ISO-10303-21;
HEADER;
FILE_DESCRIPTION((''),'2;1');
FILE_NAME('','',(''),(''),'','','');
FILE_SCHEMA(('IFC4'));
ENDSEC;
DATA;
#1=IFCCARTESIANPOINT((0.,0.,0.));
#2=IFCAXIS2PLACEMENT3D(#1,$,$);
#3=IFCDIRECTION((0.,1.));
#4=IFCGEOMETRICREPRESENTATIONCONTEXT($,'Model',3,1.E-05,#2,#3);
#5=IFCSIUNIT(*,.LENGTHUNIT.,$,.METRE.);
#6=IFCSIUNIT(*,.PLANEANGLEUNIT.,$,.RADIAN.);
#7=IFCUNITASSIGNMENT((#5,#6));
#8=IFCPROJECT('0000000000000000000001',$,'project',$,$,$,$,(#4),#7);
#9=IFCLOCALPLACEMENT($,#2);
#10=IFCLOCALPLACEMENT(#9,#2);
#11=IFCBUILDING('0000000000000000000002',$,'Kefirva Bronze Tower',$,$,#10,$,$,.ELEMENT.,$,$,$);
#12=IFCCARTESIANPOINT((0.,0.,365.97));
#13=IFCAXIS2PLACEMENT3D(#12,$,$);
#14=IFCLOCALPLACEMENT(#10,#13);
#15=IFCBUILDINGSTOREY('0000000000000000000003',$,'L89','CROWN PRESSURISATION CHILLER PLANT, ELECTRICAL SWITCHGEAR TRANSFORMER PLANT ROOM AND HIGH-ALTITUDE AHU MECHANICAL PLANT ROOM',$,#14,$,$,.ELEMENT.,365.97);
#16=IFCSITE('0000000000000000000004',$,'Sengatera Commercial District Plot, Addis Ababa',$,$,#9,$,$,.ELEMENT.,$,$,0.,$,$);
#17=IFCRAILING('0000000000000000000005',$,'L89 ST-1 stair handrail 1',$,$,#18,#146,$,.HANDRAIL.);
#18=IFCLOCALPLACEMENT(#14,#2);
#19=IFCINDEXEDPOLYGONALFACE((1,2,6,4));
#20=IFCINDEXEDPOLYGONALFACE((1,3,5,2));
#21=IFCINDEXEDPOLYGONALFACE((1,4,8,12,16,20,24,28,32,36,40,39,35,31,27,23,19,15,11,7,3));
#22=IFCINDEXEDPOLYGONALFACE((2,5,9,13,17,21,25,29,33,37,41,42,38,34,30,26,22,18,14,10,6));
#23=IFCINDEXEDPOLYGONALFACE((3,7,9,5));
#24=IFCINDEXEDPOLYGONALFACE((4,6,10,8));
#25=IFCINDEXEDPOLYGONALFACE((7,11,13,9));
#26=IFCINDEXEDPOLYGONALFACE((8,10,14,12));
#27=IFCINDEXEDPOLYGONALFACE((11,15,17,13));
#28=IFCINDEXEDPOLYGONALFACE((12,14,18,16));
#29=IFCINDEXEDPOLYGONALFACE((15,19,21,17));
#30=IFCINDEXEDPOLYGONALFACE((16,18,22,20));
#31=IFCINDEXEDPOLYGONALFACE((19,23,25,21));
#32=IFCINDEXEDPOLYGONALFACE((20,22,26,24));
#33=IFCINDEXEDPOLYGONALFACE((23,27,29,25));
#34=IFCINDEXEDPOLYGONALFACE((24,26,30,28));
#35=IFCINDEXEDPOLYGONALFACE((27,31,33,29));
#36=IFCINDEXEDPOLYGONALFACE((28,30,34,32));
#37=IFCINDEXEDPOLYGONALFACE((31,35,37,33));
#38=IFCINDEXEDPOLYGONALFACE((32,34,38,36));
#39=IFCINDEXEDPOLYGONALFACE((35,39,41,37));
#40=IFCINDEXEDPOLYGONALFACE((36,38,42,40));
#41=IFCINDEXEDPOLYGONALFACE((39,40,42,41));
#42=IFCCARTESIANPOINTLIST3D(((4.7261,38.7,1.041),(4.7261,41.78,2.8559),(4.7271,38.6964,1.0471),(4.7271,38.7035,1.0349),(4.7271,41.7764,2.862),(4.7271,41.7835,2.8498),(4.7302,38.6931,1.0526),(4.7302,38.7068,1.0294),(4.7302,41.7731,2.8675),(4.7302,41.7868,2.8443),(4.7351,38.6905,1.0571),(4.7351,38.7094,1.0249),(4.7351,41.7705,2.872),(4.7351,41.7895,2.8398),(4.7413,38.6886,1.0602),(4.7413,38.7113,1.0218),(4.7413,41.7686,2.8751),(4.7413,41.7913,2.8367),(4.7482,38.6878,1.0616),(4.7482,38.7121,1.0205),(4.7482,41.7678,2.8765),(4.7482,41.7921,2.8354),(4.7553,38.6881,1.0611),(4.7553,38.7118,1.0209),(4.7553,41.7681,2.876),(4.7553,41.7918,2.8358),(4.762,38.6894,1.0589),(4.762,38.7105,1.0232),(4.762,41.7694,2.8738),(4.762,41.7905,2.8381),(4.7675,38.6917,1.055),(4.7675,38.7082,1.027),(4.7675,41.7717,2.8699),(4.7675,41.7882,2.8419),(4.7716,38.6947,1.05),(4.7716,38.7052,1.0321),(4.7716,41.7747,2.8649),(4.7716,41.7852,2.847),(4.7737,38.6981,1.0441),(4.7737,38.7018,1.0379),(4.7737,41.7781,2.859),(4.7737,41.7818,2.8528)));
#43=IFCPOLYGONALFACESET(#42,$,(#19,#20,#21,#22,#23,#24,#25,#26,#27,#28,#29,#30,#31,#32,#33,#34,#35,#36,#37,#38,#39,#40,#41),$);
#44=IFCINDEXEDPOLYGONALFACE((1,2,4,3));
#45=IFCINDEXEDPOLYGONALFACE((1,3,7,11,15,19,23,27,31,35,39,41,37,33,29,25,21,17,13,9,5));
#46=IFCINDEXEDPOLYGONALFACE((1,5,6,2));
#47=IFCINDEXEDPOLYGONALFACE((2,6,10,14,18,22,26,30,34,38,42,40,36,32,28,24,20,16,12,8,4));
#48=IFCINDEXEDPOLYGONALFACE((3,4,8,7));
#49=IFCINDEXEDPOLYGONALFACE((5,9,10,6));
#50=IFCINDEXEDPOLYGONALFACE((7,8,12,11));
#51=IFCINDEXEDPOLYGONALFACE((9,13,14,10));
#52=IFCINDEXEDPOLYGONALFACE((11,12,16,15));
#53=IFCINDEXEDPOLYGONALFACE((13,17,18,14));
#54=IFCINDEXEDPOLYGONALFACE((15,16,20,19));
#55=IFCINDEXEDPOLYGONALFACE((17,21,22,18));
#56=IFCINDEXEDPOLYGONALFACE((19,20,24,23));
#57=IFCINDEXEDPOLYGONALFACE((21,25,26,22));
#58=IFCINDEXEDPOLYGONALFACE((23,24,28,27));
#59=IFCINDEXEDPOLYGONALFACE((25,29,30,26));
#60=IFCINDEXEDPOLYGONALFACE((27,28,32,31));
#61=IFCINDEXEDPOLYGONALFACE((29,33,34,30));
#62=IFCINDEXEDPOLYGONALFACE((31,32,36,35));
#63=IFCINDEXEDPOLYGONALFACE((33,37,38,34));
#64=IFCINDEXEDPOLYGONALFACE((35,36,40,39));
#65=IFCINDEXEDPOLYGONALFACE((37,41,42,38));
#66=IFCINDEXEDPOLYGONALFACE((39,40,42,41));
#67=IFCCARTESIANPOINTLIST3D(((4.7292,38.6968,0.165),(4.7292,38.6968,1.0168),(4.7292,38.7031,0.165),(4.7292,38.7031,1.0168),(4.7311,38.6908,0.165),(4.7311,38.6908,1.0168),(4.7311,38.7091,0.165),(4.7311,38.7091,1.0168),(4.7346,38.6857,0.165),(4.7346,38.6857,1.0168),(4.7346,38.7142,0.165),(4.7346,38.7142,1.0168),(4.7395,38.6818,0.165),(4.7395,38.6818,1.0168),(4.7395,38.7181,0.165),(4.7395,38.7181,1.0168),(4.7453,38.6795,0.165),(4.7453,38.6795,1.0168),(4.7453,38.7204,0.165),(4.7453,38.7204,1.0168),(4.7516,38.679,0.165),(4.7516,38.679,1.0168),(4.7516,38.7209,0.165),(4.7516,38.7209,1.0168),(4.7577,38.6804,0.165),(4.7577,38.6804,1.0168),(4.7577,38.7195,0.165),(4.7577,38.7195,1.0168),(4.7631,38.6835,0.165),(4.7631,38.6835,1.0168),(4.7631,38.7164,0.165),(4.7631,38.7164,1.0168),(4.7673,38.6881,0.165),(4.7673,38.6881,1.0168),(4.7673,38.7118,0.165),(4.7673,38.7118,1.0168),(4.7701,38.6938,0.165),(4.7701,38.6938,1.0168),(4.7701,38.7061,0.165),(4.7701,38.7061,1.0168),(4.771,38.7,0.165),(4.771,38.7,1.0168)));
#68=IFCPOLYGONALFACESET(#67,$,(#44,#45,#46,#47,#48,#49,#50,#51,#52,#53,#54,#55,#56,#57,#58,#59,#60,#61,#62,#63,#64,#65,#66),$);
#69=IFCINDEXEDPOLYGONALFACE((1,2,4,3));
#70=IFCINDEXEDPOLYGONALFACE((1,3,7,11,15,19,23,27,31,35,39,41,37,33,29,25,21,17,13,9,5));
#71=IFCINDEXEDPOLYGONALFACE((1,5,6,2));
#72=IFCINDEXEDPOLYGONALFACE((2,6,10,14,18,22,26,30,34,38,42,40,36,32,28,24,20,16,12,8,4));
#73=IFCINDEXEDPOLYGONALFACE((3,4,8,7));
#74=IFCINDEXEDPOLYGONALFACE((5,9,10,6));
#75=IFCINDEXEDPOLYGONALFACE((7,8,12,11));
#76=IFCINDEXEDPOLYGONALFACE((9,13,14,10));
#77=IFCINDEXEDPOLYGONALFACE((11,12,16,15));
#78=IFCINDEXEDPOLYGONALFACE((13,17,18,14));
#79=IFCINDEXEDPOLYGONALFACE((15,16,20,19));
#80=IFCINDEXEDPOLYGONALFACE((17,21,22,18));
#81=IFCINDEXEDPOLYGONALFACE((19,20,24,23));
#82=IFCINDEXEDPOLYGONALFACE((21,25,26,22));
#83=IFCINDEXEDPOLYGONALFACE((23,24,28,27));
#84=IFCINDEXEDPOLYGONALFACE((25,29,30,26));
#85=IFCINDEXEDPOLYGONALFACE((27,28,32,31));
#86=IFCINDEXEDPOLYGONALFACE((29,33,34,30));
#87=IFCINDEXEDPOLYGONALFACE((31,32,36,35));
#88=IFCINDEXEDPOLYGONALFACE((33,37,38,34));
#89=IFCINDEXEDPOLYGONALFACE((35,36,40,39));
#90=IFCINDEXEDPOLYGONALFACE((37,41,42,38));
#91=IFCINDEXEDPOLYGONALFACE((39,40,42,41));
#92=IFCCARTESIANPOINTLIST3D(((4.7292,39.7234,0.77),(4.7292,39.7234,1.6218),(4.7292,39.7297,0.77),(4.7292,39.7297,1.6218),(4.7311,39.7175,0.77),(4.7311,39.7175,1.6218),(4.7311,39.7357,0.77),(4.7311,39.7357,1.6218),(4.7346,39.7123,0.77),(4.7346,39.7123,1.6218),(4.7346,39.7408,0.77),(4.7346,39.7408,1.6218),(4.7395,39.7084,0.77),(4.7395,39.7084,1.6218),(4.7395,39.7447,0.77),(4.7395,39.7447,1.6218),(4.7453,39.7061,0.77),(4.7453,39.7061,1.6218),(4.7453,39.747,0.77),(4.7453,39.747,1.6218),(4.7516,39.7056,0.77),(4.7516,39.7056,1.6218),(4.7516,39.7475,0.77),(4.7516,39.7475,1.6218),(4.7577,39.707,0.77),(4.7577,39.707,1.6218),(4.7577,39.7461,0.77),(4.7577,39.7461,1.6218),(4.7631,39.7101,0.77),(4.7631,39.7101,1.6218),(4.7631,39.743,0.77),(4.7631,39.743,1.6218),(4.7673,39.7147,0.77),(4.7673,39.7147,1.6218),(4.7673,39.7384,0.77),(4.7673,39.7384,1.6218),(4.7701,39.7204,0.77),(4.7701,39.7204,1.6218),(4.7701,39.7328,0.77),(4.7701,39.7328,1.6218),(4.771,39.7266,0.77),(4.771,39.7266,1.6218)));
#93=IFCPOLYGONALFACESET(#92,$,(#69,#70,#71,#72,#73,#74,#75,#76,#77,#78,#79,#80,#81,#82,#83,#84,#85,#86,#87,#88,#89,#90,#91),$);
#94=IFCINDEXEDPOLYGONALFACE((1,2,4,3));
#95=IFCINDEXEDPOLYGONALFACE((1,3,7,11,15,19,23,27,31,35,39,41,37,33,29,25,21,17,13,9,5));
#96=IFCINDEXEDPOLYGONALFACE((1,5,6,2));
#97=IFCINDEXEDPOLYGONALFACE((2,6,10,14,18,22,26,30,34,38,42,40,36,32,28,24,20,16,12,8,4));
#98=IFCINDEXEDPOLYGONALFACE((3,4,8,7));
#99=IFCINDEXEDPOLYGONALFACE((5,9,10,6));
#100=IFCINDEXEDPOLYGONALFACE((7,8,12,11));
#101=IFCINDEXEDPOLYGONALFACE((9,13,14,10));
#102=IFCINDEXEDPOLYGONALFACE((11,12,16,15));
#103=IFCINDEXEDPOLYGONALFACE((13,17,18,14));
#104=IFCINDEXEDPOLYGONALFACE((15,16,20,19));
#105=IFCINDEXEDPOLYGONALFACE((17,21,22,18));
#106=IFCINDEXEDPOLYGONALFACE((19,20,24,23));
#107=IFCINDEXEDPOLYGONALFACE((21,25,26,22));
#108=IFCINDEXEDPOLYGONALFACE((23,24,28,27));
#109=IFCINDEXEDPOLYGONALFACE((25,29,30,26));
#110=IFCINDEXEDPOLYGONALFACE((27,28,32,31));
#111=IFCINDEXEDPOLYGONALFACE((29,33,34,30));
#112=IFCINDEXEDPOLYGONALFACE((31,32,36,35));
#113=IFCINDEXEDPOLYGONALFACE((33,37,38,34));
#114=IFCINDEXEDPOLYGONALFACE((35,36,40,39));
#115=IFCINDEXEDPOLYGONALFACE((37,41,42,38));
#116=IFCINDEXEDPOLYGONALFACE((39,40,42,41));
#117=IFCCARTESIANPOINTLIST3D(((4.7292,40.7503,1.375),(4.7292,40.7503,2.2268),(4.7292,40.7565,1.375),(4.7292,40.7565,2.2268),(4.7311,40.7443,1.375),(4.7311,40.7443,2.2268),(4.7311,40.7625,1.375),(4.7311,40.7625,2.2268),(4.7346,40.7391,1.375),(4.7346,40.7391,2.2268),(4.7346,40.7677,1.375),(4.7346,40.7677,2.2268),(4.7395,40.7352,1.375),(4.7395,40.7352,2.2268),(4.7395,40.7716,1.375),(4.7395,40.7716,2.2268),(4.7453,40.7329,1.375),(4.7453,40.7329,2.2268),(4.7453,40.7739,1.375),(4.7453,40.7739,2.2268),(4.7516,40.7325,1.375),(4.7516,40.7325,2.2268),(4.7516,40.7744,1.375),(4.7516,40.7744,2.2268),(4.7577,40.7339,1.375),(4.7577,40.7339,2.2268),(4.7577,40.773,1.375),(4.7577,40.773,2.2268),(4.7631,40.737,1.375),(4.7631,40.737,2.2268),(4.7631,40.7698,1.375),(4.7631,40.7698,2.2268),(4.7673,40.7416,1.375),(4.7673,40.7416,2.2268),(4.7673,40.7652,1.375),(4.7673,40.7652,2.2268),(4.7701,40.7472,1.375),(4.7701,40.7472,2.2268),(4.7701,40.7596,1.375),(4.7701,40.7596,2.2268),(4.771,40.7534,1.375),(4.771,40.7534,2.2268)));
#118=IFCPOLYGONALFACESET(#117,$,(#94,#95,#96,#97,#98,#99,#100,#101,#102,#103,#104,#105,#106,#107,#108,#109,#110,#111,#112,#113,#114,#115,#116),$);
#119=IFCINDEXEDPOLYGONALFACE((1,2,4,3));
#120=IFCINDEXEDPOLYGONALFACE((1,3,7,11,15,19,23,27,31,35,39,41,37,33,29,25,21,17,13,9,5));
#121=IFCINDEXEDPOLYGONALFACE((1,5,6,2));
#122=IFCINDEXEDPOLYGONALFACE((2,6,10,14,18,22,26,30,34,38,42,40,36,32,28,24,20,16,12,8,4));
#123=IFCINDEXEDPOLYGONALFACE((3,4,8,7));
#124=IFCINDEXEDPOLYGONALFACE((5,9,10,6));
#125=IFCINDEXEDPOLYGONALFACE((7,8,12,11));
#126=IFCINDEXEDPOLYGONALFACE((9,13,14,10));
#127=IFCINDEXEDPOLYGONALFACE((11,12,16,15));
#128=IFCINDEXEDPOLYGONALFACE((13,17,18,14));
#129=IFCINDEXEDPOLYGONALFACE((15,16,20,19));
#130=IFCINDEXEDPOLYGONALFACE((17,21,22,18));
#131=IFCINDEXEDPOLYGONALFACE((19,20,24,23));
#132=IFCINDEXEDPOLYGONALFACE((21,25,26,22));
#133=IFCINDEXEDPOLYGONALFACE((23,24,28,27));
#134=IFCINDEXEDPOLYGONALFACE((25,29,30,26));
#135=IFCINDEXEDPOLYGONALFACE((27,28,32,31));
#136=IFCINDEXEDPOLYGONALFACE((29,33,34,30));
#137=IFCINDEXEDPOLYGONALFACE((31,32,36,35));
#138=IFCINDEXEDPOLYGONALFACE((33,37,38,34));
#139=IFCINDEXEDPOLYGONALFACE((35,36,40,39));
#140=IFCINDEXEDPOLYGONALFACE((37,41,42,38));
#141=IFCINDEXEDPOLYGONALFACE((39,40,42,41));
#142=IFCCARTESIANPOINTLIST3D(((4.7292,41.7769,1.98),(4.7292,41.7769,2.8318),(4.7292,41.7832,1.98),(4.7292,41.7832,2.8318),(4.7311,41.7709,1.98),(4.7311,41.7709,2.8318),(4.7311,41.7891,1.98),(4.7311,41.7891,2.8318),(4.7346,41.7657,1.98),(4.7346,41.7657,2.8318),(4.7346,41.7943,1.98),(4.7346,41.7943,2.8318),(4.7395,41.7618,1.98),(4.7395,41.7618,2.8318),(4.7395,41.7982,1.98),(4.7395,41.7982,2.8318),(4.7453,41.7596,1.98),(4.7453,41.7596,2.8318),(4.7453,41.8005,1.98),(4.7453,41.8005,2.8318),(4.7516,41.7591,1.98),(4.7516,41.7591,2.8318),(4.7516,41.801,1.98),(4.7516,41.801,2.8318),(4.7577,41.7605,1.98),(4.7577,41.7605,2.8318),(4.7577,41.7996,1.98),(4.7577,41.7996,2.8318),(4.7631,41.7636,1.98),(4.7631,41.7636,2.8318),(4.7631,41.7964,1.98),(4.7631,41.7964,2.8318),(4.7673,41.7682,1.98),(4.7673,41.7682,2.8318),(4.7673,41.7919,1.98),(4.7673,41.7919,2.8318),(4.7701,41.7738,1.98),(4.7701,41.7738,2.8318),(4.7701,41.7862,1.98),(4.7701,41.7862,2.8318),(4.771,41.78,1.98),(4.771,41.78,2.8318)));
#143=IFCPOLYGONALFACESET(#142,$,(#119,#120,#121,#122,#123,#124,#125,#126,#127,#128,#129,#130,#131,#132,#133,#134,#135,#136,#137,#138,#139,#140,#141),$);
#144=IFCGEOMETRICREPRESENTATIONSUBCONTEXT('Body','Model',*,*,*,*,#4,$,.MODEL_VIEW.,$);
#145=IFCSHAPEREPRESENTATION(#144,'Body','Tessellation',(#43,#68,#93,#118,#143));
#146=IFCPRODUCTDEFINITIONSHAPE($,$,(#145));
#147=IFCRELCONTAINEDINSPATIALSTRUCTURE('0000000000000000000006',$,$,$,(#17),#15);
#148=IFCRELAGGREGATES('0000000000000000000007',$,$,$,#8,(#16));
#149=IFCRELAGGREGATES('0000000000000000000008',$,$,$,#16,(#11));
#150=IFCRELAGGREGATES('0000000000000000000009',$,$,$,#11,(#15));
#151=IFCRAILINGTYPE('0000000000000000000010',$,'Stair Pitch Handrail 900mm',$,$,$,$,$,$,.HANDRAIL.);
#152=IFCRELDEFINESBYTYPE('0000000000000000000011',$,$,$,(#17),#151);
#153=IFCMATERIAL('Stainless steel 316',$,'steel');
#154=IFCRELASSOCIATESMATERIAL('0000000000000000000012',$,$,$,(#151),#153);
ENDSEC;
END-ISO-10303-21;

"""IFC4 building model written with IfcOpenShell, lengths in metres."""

from ifc_helpers import new_model, si_unit, direction, frame, origin, origin_2d, place, context, subcontext, project, spatial, circle, extrude, material, type_object, element, save


model = new_model("IFC4")

# Units and contexts
model_context = context("Model", 3, precision=1e-05, world=origin(), true_north=direction((0.0, 1.0)))
body_context = subcontext(model_context, "Body", "Model", "MODEL_VIEW")
ifc_project = project(units=[si_unit("LENGTHUNIT", "METRE"), si_unit("PLANEANGLEUNIT", "RADIAN")], contexts=[model_context])

# Site, building, storey
site_placement = place(None, origin())
site = spatial("IfcSite", under=ifc_project, at=site_placement, Name="Sengatera Commercial District Plot, Addis Ababa", CompositionType="ELEMENT", RefElevation=0.0)
building_placement = place(site_placement, origin())
building = spatial("IfcBuilding", under=site, at=building_placement, Name="Kefirva Bronze Tower", CompositionType="ELEMENT")
storey_placement = place(building_placement, frame((0.0, 0.0, 365.97)))
storey = spatial("IfcBuildingStorey", under=building, at=storey_placement, Name="L89", Description="CROWN PRESSURISATION CHILLER PLANT, ELECTRICAL SWITCHGEAR TRANSFORMER PLANT ROOM AND HIGH-ALTITUDE AHU MECHANICAL PLANT ROOM", CompositionType="ELEMENT", Elevation=365.97)

# Shared definitions
ifc_material_1 = material(Name="Stainless steel 316", Category="steel")

# Railing
railing_type_1 = type_object("IfcRailingType", Name="Stair Pitch Handrail 900mm", PredefinedType="HANDRAIL", material=ifc_material_1)
railing_1_placement = place(storey_placement, frame((4.75, 38.7, 0.165)))
element("IfcRailing", 1, at=railing_1_placement, inside=storey, type_object=railing_type_1, Name="L89 ST-1 stair handrail 1", PredefinedType="HANDRAIL", context=body_context, shape_type="SweptSolid", body=[
    extrude(circle(Radius=0.0239, at=origin_2d()), frame((0.0, 0.0, 0.876), z_axis=(0.0, 0.861551, 0.507671), x_axis=(-1.0, 0.0, 0.0)), (0.0, 0.0, 1.0), 3.575),
    extrude(circle(Radius=0.021, at=origin_2d()), origin(), (0.0, 0.0, 1.0), 0.8518),
    extrude(circle(Radius=0.021, at=origin_2d()), frame((0.0, 1.0266, 0.605)), (0.0, 0.0, 1.0), 0.8518),
    extrude(circle(Radius=0.021, at=origin_2d()), frame((0.0, 2.0535, 1.21)), (0.0, 0.0, 1.0), 0.8518),
    extrude(circle(Radius=0.021, at=origin_2d()), frame((0.0, 3.0801, 1.8149)), (0.0, 0.0, 1.0), 0.8518),
])

save(model, "model.ifc")
